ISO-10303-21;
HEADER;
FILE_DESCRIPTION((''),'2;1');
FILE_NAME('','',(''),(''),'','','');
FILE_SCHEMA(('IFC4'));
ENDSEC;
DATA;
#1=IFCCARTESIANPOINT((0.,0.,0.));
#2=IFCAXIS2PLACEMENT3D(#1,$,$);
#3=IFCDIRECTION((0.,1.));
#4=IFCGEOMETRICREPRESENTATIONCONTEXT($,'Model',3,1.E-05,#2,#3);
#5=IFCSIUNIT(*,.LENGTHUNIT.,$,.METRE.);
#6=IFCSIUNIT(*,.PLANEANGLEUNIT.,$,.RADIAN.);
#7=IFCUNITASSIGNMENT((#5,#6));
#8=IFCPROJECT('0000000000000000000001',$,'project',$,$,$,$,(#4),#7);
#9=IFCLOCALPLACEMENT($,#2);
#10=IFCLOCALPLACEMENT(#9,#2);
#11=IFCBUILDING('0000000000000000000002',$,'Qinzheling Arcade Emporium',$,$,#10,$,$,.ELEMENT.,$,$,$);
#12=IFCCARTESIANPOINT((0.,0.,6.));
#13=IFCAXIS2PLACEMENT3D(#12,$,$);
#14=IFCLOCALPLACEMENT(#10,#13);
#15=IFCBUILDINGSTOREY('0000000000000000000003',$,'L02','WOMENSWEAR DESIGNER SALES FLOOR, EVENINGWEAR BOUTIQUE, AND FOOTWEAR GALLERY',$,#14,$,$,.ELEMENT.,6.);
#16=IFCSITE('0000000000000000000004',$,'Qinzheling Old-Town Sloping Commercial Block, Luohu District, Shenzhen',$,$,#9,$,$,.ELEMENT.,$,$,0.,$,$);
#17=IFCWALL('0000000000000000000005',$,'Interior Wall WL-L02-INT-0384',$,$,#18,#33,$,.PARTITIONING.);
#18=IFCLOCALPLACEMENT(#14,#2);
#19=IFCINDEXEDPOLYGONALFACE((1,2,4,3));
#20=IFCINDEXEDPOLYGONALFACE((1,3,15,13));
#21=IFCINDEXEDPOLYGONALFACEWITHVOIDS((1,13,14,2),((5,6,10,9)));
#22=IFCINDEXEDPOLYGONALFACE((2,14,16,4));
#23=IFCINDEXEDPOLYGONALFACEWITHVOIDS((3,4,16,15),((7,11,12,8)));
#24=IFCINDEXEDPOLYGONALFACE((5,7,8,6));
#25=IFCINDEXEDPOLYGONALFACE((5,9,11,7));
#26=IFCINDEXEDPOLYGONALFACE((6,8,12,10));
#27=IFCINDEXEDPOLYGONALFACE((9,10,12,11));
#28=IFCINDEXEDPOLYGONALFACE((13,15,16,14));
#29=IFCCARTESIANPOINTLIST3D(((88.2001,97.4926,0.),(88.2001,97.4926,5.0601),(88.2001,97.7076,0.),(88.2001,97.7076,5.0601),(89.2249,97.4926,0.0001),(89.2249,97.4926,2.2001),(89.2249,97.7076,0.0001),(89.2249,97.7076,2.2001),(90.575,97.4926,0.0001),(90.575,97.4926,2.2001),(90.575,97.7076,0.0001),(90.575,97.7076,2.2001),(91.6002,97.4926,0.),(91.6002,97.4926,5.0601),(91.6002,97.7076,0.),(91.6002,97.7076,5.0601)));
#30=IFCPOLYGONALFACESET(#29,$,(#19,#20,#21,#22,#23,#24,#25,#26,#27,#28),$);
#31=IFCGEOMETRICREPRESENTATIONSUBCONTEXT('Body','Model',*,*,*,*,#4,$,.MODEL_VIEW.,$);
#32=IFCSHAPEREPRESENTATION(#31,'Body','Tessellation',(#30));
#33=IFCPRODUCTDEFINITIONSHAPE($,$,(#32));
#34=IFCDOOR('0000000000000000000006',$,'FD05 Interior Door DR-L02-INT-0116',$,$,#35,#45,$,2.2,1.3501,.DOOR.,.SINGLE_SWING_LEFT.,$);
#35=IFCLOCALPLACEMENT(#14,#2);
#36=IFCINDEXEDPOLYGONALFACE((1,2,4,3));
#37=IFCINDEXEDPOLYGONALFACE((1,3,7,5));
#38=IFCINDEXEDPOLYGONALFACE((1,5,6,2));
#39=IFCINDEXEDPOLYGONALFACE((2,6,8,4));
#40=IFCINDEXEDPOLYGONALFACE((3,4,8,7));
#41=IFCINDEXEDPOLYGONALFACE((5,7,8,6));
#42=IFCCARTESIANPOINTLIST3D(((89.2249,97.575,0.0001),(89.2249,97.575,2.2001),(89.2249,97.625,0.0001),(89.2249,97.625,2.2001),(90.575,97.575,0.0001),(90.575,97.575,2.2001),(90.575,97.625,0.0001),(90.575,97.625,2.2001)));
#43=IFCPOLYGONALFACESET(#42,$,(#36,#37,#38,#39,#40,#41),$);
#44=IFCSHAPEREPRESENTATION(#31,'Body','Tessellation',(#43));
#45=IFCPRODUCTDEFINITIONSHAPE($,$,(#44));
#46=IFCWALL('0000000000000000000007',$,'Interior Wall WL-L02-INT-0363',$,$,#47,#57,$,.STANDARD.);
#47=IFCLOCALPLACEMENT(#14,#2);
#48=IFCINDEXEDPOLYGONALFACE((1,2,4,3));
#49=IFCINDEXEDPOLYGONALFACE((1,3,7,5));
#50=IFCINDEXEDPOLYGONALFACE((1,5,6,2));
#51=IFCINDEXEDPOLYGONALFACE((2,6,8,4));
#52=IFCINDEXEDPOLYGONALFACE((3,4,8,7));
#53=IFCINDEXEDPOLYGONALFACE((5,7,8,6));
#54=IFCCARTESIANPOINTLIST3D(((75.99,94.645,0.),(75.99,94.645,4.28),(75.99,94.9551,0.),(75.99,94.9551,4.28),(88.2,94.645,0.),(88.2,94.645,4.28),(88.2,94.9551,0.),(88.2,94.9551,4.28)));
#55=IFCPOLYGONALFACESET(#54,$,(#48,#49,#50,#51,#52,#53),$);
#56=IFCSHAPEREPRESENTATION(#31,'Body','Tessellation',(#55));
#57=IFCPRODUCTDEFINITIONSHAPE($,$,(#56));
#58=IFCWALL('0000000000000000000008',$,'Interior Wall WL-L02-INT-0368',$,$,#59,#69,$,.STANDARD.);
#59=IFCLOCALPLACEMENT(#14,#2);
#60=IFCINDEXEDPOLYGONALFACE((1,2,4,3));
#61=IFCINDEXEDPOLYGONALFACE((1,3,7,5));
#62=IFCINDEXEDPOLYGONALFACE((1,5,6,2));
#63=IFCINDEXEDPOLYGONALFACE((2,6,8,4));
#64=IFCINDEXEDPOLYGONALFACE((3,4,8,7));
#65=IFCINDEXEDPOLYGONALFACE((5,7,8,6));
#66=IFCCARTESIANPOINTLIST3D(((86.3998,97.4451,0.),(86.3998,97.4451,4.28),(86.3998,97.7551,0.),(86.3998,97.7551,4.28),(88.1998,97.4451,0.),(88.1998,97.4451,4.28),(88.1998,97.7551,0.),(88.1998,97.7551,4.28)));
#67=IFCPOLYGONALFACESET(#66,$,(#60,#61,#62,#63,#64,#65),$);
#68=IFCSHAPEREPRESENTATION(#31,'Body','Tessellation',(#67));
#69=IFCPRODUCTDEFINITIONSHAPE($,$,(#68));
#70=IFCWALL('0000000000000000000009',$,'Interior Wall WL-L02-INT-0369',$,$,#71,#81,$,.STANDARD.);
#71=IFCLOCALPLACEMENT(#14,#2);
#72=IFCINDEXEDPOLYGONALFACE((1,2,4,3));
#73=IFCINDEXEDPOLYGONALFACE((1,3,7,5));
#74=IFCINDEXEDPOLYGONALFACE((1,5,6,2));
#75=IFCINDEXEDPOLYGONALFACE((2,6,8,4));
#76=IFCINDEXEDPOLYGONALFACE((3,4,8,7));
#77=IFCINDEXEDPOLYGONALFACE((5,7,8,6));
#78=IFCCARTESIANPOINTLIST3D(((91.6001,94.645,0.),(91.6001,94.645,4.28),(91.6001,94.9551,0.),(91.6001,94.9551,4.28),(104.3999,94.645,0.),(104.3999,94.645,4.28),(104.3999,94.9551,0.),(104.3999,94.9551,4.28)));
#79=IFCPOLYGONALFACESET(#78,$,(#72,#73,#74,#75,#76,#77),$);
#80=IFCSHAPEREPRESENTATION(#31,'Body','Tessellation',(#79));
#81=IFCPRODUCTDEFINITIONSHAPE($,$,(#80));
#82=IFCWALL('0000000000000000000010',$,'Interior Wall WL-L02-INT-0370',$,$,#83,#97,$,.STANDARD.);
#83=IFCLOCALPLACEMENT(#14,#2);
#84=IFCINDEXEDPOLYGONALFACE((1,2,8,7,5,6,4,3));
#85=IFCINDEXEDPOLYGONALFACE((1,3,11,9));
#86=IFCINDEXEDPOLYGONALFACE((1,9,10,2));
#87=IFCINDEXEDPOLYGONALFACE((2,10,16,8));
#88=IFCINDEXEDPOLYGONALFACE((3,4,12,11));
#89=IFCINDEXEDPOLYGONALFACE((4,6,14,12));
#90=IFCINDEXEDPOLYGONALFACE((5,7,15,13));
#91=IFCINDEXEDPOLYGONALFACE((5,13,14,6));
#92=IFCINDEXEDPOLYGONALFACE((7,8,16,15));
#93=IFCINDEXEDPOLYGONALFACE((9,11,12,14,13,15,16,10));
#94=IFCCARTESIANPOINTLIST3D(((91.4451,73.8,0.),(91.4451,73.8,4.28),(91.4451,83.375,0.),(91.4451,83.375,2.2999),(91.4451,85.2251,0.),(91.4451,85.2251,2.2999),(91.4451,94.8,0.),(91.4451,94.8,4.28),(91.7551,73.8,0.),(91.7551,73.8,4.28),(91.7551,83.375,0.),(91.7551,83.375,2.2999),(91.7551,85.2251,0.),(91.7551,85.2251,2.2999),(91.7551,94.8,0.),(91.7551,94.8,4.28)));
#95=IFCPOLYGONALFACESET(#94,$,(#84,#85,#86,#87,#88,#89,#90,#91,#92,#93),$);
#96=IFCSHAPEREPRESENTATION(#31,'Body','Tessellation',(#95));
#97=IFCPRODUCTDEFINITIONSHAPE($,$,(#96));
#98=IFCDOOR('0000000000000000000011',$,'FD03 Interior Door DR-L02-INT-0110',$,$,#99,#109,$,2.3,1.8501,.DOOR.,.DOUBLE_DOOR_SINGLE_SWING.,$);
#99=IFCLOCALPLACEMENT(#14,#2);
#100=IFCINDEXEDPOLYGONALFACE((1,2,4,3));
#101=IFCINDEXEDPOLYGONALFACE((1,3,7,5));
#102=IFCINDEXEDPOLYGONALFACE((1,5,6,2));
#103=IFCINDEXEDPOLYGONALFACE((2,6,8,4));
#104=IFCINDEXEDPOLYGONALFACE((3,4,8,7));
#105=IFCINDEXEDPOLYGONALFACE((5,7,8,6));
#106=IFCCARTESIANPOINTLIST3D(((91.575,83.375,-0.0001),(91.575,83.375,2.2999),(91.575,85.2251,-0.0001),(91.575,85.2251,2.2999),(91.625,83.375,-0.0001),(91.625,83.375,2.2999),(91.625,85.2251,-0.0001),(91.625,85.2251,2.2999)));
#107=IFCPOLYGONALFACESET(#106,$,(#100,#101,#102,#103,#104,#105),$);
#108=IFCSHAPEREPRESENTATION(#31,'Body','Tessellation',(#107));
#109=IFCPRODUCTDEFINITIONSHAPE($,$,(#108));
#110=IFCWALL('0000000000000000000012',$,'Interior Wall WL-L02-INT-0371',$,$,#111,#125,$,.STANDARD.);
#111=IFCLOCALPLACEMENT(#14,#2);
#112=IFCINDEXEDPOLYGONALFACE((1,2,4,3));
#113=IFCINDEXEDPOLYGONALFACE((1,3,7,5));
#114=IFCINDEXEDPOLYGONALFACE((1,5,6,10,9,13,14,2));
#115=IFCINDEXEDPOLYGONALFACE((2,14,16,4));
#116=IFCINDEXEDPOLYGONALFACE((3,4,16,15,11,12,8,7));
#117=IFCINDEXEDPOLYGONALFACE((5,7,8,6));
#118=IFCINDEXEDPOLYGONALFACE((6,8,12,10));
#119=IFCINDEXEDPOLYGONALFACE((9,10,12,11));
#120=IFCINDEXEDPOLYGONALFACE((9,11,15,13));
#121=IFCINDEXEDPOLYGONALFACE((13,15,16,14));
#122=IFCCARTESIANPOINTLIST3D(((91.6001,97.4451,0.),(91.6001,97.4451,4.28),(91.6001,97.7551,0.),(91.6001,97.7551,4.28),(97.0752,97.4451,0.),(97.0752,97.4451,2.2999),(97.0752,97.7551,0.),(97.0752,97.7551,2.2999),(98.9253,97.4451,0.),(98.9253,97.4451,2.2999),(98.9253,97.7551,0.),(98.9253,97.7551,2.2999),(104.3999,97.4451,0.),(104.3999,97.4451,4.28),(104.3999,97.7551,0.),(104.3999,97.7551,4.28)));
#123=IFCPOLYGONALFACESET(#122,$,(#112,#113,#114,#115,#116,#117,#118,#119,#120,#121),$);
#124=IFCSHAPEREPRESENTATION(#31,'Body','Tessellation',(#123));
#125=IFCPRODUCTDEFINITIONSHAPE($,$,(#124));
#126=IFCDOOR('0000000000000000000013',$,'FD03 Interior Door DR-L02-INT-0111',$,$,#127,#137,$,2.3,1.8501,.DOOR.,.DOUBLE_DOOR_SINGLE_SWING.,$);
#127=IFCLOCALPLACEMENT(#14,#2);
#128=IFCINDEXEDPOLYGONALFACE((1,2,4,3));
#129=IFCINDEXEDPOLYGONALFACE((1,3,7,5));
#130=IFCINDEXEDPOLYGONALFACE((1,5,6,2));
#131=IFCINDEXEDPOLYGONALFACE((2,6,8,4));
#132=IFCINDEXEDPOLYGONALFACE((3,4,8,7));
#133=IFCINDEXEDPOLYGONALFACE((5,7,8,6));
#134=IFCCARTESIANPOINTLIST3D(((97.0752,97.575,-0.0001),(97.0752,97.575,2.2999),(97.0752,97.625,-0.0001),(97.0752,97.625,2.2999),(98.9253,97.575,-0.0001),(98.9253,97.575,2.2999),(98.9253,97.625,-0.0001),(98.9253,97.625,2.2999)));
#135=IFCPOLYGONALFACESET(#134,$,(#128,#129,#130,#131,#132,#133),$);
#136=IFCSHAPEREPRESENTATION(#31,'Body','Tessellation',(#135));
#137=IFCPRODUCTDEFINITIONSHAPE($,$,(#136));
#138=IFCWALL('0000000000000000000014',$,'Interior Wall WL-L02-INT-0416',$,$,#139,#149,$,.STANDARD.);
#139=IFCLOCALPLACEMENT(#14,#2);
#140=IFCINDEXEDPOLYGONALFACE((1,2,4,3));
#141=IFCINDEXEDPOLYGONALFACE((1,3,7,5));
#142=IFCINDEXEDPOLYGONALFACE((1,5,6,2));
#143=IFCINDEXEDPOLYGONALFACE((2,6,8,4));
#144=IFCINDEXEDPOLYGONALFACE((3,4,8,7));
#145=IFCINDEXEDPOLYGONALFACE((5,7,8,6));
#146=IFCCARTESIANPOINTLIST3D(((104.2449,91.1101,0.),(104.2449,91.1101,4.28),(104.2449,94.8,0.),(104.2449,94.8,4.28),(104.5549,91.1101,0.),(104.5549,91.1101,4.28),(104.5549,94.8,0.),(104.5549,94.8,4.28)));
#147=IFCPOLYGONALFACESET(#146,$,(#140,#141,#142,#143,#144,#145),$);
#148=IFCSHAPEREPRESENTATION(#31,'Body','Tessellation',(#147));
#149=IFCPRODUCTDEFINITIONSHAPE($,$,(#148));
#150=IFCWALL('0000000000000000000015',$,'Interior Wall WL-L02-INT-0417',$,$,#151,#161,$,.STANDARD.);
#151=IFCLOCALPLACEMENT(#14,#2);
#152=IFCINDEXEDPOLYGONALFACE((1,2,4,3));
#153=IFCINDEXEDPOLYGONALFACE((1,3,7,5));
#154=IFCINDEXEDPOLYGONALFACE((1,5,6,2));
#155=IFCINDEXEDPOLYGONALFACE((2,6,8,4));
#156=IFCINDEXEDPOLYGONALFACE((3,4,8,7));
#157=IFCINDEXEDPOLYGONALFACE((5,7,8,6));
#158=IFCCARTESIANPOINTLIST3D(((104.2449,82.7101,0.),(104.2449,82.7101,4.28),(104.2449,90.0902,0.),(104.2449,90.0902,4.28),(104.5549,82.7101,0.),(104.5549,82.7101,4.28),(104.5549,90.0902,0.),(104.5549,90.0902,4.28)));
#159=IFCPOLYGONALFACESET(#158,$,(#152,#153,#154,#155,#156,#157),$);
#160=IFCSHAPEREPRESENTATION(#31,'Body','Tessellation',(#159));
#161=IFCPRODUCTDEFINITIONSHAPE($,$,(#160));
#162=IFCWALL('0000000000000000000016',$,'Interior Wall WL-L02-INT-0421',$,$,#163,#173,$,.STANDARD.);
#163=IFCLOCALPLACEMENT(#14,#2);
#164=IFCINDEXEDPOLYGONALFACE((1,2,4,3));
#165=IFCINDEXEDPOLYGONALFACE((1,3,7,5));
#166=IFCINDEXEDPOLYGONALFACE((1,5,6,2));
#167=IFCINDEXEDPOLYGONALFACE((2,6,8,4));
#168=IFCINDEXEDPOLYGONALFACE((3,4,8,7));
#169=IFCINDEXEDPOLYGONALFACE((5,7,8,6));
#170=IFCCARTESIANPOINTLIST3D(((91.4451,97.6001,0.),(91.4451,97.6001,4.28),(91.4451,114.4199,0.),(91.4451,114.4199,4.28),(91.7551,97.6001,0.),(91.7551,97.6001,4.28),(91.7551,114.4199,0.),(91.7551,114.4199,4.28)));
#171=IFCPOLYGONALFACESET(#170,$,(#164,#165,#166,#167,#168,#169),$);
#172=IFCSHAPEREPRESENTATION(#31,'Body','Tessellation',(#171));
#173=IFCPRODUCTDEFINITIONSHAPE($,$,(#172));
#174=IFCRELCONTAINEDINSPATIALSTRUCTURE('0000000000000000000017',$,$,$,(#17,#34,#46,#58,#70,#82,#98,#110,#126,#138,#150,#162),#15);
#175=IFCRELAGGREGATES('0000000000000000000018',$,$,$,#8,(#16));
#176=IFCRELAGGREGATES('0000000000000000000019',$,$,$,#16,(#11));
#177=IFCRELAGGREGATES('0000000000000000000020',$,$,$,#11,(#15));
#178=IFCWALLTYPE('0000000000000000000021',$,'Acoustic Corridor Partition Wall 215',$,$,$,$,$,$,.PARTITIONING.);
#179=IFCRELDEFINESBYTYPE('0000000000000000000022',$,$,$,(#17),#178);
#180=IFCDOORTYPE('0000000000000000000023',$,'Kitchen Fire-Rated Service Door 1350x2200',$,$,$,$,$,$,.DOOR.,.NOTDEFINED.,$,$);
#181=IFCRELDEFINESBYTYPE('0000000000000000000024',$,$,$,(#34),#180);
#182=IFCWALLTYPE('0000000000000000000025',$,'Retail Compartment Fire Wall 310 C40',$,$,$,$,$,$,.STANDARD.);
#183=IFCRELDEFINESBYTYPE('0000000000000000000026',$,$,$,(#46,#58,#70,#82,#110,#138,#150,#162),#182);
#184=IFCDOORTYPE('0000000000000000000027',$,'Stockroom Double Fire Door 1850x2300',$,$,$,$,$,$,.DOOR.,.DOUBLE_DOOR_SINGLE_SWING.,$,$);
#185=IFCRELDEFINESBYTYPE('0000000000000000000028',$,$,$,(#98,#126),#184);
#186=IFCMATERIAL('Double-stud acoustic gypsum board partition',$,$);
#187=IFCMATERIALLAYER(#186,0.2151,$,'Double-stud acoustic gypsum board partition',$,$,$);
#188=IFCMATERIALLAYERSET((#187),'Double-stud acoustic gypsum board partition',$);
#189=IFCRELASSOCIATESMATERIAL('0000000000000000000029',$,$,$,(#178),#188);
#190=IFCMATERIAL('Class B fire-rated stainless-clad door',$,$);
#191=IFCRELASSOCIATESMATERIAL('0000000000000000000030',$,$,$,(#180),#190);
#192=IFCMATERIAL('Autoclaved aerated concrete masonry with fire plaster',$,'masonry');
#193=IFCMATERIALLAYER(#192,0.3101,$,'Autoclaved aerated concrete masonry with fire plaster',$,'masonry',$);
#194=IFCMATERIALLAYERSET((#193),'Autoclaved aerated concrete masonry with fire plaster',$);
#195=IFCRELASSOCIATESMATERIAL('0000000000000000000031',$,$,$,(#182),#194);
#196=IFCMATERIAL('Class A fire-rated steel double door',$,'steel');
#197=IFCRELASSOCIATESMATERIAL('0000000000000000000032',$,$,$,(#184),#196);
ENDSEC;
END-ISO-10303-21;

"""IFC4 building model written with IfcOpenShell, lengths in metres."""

from ifc_helpers import new_model, si_unit, direction, frame, frame_2d, origin, place, context, subcontext, project, spatial, rectangle, extrude, material, layer, layer_set, type_object, element, fill, save


model = new_model("IFC4")

# Units and contexts
model_context = context("Model", 3, precision=1e-05, world=origin(), true_north=direction((0.0, 1.0)))
body_context = subcontext(model_context, "Body", "Model", "MODEL_VIEW")
ifc_project = project(units=[si_unit("LENGTHUNIT", "METRE"), si_unit("PLANEANGLEUNIT", "RADIAN")], contexts=[model_context])

# Site, building, storey
site_placement = place(None, origin())
site = spatial("IfcSite", under=ifc_project, at=site_placement, Name="Qinzheling Old-Town Sloping Commercial Block, Luohu District, Shenzhen", CompositionType="ELEMENT", RefElevation=0.0)
building_placement = place(site_placement, origin())
building = spatial("IfcBuilding", under=site, at=building_placement, Name="Qinzheling Arcade Emporium", CompositionType="ELEMENT")
storey_placement = place(building_placement, frame((0.0, 0.0, 6.0)))
storey = spatial("IfcBuildingStorey", under=building, at=storey_placement, Name="L02", Description="WOMENSWEAR DESIGNER SALES FLOOR, EVENINGWEAR BOUTIQUE, AND FOOTWEAR GALLERY", CompositionType="ELEMENT", Elevation=6.0)

# Wall, opening, door
ifc_material_1 = material(Name="Double-stud acoustic gypsum board partition")
ifc_layer_1 = layer(ifc_material_1, 0.2151, Name="Double-stud acoustic gypsum board partition")
ifc_layer_set_1 = layer_set([ifc_layer_1], Name="Double-stud acoustic gypsum board partition")
wall_type_1 = type_object("IfcWallType", Name="Acoustic Corridor Partition Wall 215", PredefinedType="PARTITIONING", material=ifc_layer_set_1)
ifc_material_2 = material(Name="Class B fire-rated stainless-clad door")
door_type_1 = type_object("IfcDoorType", Name="Kitchen Fire-Rated Service Door 1350x2200", OperationType="NOTDEFINED", PredefinedType="DOOR", material=ifc_material_2)
wall_1_placement = place(storey_placement, frame((88.2, 97.6001, 0.0), z_axis=(0.0, 0.0, 1.0), x_axis=(1.0, 0.0, 0.0)))
wall_1 = element("IfcWall", 1, at=wall_1_placement, inside=storey, type_object=wall_type_1, Name="Interior Wall WL-L02-INT-0384", PredefinedType="PARTITIONING", context=body_context, shape_type="SweptSolid", body=[
    extrude(rectangle(XDim=3.4001, YDim=0.2151, at=frame_2d((1.7002, 0.0))), origin(), (0.0, 0.0, 1.0), 5.0601),
])
opening_1_placement = place(wall_1_placement, frame((1.0249, 0.0, 0.0)))
opening_1 = element("IfcOpeningElement", 2, at=opening_1_placement, cuts=wall_1, PredefinedType="OPENING", context=body_context, shape_type="SweptSolid", body=[
    extrude(rectangle(XDim=1.3501, YDim=2.2, at=frame_2d((0.675, 1.1001))), frame((0.0, 0.1177, 0.0), z_axis=(0.0, -1.0, 0.0), x_axis=(1.0, 0.0, 0.0)), (0.0, 0.0, 1.0), 0.2351),
])
door_1_placement = place(opening_1_placement, origin())
door_1 = element("IfcDoor", 3, at=door_1_placement, inside=storey, type_object=door_type_1, Name="FD05 Interior Door DR-L02-INT-0116", OperationType="SINGLE_SWING_LEFT", OverallHeight=2.2, OverallWidth=1.3501, PredefinedType="DOOR", context=body_context, shape_type="SweptSolid", body=[
    extrude(rectangle(XDim=1.3501, YDim=2.2, at=frame_2d((0.675, 1.1001))), frame((0.0, 0.0249, 0.0), z_axis=(0.0, -1.0, 0.0), x_axis=(1.0, 0.0, 0.0)), (0.0, 0.0, 1.0), 0.05),
])
fill(opening_1, door_1)

# Walls
ifc_material_3 = material(Name="Autoclaved aerated concrete masonry with fire plaster", Category="masonry")
ifc_layer_2 = layer(ifc_material_3, 0.3101, Name="Autoclaved aerated concrete masonry with fire plaster", Category="masonry")
ifc_layer_set_2 = layer_set([ifc_layer_2], Name="Autoclaved aerated concrete masonry with fire plaster")
wall_type_2 = type_object("IfcWallType", Name="Retail Compartment Fire Wall 310 C40", PredefinedType="STANDARD", material=ifc_layer_set_2)
wall_2_placement = place(storey_placement, frame((88.2, 94.8, 0.0), z_axis=(0.0, 0.0, 1.0), x_axis=(-1.0, 0.0, 0.0)))
element("IfcWall", 4, at=wall_2_placement, inside=storey, type_object=wall_type_2, Name="Interior Wall WL-L02-INT-0363", PredefinedType="STANDARD", context=body_context, shape_type="SweptSolid", body=[
    extrude(rectangle(XDim=12.21, YDim=0.3101, at=frame_2d((6.105, 0.0))), origin(), (0.0, 0.0, 1.0), 4.28),
])
wall_3_placement = place(storey_placement, frame((86.3999, 97.6001, 0.0), z_axis=(0.0, 0.0, 1.0), x_axis=(1.0, 0.0, 0.0)))
element("IfcWall", 5, at=wall_3_placement, inside=storey, type_object=wall_type_2, Name="Interior Wall WL-L02-INT-0368", PredefinedType="STANDARD", context=body_context, shape_type="SweptSolid", body=[
    extrude(rectangle(XDim=1.8, YDim=0.3101, at=frame_2d((0.8999, 0.0))), origin(), (0.0, 0.0, 1.0), 4.28),
])
wall_4_placement = place(storey_placement, frame((104.3999, 94.8, 0.0), z_axis=(0.0, 0.0, 1.0), x_axis=(-1.0, 0.0, 0.0)))
element("IfcWall", 6, at=wall_4_placement, inside=storey, type_object=wall_type_2, Name="Interior Wall WL-L02-INT-0369", PredefinedType="STANDARD", context=body_context, shape_type="SweptSolid", body=[
    extrude(rectangle(XDim=12.7998, YDim=0.3101, at=frame_2d((6.3999, 0.0))), origin(), (0.0, 0.0, 1.0), 4.28),
])

# Walls, openings, doors
wall_5_placement = place(storey_placement, frame((91.6001, 94.8, 0.0), z_axis=(0.0, 0.0, 1.0), x_axis=(0.0, -1.0, 0.0)))
wall_5 = element("IfcWall", 7, at=wall_5_placement, inside=storey, type_object=wall_type_2, Name="Interior Wall WL-L02-INT-0370", PredefinedType="STANDARD", context=body_context, shape_type="SweptSolid", body=[
    extrude(rectangle(XDim=21.0, YDim=0.3101, at=frame_2d((10.5, 0.0))), origin(), (0.0, 0.0, 1.0), 4.28),
])
opening_2_placement = place(wall_5_placement, frame((9.575, 0.0, 0.0)))
opening_2 = element("IfcOpeningElement", 8, at=opening_2_placement, cuts=wall_5, PredefinedType="OPENING", context=body_context, shape_type="SweptSolid", body=[
    extrude(rectangle(XDim=1.8501, YDim=2.3, at=frame_2d((0.925, 1.1499))), frame((0.0, 0.165, 0.0), z_axis=(0.0, -1.0, 0.0), x_axis=(1.0, 0.0, 0.0)), (0.0, 0.0, 1.0), 0.3301),
])
ifc_material_4 = material(Name="Class A fire-rated steel double door", Category="steel")
door_type_2 = type_object("IfcDoorType", Name="Stockroom Double Fire Door 1850x2300", OperationType="DOUBLE_DOOR_SINGLE_SWING", PredefinedType="DOOR", material=ifc_material_4)
door_2_placement = place(opening_2_placement, origin())
door_2 = element("IfcDoor", 9, at=door_2_placement, inside=storey, type_object=door_type_2, Name="FD03 Interior Door DR-L02-INT-0110", OperationType="DOUBLE_DOOR_SINGLE_SWING", OverallHeight=2.3, OverallWidth=1.8501, PredefinedType="DOOR", context=body_context, shape_type="SweptSolid", body=[
    extrude(rectangle(XDim=1.8501, YDim=2.3, at=frame_2d((0.925, 1.1499))), frame((0.0, 0.0249, 0.0), z_axis=(0.0, -1.0, 0.0), x_axis=(1.0, 0.0, 0.0)), (0.0, 0.0, 1.0), 0.05),
])
fill(opening_2, door_2)
wall_6_placement = place(storey_placement, frame((91.6001, 97.6001, 0.0), z_axis=(0.0, 0.0, 1.0), x_axis=(1.0, 0.0, 0.0)))
wall_6 = element("IfcWall", 10, at=wall_6_placement, inside=storey, type_object=wall_type_2, Name="Interior Wall WL-L02-INT-0371", PredefinedType="STANDARD", context=body_context, shape_type="SweptSolid", body=[
    extrude(rectangle(XDim=12.7998, YDim=0.3101, at=frame_2d((6.3999, 0.0))), origin(), (0.0, 0.0, 1.0), 4.28),
])
opening_3_placement = place(wall_6_placement, frame((5.4751, 0.0, 0.0)))
opening_3 = element("IfcOpeningElement", 11, at=opening_3_placement, cuts=wall_6, PredefinedType="OPENING", context=body_context, shape_type="SweptSolid", body=[
    extrude(rectangle(XDim=1.8501, YDim=2.3, at=frame_2d((0.925, 1.1499))), frame((0.0, 0.165, 0.0), z_axis=(0.0, -1.0, 0.0), x_axis=(1.0, 0.0, 0.0)), (0.0, 0.0, 1.0), 0.3301),
])
door_3_placement = place(opening_3_placement, origin())
door_3 = element("IfcDoor", 12, at=door_3_placement, inside=storey, type_object=door_type_2, Name="FD03 Interior Door DR-L02-INT-0111", OperationType="DOUBLE_DOOR_SINGLE_SWING", OverallHeight=2.3, OverallWidth=1.8501, PredefinedType="DOOR", context=body_context, shape_type="SweptSolid", body=[
    extrude(rectangle(XDim=1.8501, YDim=2.3, at=frame_2d((0.925, 1.1499))), frame((0.0, 0.0249, 0.0), z_axis=(0.0, -1.0, 0.0), x_axis=(1.0, 0.0, 0.0)), (0.0, 0.0, 1.0), 0.05),
])
fill(opening_3, door_3)

# Walls
wall_7_placement = place(storey_placement, frame((104.3999, 94.8, 0.0), z_axis=(0.0, 0.0, 1.0), x_axis=(0.0, -1.0, 0.0)))
element("IfcWall", 13, at=wall_7_placement, inside=storey, type_object=wall_type_2, Name="Interior Wall WL-L02-INT-0416", PredefinedType="STANDARD", context=body_context, shape_type="SweptSolid", body=[
    extrude(rectangle(XDim=3.6899, YDim=0.3101, at=frame_2d((1.845, 0.0))), origin(), (0.0, 0.0, 1.0), 4.28),
])
wall_8_placement = place(storey_placement, frame((104.3999, 90.0901, 0.0), z_axis=(0.0, 0.0, 1.0), x_axis=(0.0, -1.0, 0.0)))
element("IfcWall", 14, at=wall_8_placement, inside=storey, type_object=wall_type_2, Name="Interior Wall WL-L02-INT-0417", PredefinedType="STANDARD", context=body_context, shape_type="SweptSolid", body=[
    extrude(rectangle(XDim=7.3801, YDim=0.3101, at=frame_2d((3.6899, 0.0))), origin(), (0.0, 0.0, 1.0), 4.28),
])
wall_9_placement = place(storey_placement, frame((91.6001, 97.6001, 0.0), z_axis=(0.0, 0.0, 1.0), x_axis=(0.0, 1.0, 0.0)))
element("IfcWall", 15, at=wall_9_placement, inside=storey, type_object=wall_type_2, Name="Interior Wall WL-L02-INT-0421", PredefinedType="STANDARD", context=body_context, shape_type="SweptSolid", body=[
    extrude(rectangle(XDim=16.8198, YDim=0.3101, at=frame_2d((8.4099, 0.0))), origin(), (0.0, 0.0, 1.0), 4.28),
])

save(model, "model.ifc")
